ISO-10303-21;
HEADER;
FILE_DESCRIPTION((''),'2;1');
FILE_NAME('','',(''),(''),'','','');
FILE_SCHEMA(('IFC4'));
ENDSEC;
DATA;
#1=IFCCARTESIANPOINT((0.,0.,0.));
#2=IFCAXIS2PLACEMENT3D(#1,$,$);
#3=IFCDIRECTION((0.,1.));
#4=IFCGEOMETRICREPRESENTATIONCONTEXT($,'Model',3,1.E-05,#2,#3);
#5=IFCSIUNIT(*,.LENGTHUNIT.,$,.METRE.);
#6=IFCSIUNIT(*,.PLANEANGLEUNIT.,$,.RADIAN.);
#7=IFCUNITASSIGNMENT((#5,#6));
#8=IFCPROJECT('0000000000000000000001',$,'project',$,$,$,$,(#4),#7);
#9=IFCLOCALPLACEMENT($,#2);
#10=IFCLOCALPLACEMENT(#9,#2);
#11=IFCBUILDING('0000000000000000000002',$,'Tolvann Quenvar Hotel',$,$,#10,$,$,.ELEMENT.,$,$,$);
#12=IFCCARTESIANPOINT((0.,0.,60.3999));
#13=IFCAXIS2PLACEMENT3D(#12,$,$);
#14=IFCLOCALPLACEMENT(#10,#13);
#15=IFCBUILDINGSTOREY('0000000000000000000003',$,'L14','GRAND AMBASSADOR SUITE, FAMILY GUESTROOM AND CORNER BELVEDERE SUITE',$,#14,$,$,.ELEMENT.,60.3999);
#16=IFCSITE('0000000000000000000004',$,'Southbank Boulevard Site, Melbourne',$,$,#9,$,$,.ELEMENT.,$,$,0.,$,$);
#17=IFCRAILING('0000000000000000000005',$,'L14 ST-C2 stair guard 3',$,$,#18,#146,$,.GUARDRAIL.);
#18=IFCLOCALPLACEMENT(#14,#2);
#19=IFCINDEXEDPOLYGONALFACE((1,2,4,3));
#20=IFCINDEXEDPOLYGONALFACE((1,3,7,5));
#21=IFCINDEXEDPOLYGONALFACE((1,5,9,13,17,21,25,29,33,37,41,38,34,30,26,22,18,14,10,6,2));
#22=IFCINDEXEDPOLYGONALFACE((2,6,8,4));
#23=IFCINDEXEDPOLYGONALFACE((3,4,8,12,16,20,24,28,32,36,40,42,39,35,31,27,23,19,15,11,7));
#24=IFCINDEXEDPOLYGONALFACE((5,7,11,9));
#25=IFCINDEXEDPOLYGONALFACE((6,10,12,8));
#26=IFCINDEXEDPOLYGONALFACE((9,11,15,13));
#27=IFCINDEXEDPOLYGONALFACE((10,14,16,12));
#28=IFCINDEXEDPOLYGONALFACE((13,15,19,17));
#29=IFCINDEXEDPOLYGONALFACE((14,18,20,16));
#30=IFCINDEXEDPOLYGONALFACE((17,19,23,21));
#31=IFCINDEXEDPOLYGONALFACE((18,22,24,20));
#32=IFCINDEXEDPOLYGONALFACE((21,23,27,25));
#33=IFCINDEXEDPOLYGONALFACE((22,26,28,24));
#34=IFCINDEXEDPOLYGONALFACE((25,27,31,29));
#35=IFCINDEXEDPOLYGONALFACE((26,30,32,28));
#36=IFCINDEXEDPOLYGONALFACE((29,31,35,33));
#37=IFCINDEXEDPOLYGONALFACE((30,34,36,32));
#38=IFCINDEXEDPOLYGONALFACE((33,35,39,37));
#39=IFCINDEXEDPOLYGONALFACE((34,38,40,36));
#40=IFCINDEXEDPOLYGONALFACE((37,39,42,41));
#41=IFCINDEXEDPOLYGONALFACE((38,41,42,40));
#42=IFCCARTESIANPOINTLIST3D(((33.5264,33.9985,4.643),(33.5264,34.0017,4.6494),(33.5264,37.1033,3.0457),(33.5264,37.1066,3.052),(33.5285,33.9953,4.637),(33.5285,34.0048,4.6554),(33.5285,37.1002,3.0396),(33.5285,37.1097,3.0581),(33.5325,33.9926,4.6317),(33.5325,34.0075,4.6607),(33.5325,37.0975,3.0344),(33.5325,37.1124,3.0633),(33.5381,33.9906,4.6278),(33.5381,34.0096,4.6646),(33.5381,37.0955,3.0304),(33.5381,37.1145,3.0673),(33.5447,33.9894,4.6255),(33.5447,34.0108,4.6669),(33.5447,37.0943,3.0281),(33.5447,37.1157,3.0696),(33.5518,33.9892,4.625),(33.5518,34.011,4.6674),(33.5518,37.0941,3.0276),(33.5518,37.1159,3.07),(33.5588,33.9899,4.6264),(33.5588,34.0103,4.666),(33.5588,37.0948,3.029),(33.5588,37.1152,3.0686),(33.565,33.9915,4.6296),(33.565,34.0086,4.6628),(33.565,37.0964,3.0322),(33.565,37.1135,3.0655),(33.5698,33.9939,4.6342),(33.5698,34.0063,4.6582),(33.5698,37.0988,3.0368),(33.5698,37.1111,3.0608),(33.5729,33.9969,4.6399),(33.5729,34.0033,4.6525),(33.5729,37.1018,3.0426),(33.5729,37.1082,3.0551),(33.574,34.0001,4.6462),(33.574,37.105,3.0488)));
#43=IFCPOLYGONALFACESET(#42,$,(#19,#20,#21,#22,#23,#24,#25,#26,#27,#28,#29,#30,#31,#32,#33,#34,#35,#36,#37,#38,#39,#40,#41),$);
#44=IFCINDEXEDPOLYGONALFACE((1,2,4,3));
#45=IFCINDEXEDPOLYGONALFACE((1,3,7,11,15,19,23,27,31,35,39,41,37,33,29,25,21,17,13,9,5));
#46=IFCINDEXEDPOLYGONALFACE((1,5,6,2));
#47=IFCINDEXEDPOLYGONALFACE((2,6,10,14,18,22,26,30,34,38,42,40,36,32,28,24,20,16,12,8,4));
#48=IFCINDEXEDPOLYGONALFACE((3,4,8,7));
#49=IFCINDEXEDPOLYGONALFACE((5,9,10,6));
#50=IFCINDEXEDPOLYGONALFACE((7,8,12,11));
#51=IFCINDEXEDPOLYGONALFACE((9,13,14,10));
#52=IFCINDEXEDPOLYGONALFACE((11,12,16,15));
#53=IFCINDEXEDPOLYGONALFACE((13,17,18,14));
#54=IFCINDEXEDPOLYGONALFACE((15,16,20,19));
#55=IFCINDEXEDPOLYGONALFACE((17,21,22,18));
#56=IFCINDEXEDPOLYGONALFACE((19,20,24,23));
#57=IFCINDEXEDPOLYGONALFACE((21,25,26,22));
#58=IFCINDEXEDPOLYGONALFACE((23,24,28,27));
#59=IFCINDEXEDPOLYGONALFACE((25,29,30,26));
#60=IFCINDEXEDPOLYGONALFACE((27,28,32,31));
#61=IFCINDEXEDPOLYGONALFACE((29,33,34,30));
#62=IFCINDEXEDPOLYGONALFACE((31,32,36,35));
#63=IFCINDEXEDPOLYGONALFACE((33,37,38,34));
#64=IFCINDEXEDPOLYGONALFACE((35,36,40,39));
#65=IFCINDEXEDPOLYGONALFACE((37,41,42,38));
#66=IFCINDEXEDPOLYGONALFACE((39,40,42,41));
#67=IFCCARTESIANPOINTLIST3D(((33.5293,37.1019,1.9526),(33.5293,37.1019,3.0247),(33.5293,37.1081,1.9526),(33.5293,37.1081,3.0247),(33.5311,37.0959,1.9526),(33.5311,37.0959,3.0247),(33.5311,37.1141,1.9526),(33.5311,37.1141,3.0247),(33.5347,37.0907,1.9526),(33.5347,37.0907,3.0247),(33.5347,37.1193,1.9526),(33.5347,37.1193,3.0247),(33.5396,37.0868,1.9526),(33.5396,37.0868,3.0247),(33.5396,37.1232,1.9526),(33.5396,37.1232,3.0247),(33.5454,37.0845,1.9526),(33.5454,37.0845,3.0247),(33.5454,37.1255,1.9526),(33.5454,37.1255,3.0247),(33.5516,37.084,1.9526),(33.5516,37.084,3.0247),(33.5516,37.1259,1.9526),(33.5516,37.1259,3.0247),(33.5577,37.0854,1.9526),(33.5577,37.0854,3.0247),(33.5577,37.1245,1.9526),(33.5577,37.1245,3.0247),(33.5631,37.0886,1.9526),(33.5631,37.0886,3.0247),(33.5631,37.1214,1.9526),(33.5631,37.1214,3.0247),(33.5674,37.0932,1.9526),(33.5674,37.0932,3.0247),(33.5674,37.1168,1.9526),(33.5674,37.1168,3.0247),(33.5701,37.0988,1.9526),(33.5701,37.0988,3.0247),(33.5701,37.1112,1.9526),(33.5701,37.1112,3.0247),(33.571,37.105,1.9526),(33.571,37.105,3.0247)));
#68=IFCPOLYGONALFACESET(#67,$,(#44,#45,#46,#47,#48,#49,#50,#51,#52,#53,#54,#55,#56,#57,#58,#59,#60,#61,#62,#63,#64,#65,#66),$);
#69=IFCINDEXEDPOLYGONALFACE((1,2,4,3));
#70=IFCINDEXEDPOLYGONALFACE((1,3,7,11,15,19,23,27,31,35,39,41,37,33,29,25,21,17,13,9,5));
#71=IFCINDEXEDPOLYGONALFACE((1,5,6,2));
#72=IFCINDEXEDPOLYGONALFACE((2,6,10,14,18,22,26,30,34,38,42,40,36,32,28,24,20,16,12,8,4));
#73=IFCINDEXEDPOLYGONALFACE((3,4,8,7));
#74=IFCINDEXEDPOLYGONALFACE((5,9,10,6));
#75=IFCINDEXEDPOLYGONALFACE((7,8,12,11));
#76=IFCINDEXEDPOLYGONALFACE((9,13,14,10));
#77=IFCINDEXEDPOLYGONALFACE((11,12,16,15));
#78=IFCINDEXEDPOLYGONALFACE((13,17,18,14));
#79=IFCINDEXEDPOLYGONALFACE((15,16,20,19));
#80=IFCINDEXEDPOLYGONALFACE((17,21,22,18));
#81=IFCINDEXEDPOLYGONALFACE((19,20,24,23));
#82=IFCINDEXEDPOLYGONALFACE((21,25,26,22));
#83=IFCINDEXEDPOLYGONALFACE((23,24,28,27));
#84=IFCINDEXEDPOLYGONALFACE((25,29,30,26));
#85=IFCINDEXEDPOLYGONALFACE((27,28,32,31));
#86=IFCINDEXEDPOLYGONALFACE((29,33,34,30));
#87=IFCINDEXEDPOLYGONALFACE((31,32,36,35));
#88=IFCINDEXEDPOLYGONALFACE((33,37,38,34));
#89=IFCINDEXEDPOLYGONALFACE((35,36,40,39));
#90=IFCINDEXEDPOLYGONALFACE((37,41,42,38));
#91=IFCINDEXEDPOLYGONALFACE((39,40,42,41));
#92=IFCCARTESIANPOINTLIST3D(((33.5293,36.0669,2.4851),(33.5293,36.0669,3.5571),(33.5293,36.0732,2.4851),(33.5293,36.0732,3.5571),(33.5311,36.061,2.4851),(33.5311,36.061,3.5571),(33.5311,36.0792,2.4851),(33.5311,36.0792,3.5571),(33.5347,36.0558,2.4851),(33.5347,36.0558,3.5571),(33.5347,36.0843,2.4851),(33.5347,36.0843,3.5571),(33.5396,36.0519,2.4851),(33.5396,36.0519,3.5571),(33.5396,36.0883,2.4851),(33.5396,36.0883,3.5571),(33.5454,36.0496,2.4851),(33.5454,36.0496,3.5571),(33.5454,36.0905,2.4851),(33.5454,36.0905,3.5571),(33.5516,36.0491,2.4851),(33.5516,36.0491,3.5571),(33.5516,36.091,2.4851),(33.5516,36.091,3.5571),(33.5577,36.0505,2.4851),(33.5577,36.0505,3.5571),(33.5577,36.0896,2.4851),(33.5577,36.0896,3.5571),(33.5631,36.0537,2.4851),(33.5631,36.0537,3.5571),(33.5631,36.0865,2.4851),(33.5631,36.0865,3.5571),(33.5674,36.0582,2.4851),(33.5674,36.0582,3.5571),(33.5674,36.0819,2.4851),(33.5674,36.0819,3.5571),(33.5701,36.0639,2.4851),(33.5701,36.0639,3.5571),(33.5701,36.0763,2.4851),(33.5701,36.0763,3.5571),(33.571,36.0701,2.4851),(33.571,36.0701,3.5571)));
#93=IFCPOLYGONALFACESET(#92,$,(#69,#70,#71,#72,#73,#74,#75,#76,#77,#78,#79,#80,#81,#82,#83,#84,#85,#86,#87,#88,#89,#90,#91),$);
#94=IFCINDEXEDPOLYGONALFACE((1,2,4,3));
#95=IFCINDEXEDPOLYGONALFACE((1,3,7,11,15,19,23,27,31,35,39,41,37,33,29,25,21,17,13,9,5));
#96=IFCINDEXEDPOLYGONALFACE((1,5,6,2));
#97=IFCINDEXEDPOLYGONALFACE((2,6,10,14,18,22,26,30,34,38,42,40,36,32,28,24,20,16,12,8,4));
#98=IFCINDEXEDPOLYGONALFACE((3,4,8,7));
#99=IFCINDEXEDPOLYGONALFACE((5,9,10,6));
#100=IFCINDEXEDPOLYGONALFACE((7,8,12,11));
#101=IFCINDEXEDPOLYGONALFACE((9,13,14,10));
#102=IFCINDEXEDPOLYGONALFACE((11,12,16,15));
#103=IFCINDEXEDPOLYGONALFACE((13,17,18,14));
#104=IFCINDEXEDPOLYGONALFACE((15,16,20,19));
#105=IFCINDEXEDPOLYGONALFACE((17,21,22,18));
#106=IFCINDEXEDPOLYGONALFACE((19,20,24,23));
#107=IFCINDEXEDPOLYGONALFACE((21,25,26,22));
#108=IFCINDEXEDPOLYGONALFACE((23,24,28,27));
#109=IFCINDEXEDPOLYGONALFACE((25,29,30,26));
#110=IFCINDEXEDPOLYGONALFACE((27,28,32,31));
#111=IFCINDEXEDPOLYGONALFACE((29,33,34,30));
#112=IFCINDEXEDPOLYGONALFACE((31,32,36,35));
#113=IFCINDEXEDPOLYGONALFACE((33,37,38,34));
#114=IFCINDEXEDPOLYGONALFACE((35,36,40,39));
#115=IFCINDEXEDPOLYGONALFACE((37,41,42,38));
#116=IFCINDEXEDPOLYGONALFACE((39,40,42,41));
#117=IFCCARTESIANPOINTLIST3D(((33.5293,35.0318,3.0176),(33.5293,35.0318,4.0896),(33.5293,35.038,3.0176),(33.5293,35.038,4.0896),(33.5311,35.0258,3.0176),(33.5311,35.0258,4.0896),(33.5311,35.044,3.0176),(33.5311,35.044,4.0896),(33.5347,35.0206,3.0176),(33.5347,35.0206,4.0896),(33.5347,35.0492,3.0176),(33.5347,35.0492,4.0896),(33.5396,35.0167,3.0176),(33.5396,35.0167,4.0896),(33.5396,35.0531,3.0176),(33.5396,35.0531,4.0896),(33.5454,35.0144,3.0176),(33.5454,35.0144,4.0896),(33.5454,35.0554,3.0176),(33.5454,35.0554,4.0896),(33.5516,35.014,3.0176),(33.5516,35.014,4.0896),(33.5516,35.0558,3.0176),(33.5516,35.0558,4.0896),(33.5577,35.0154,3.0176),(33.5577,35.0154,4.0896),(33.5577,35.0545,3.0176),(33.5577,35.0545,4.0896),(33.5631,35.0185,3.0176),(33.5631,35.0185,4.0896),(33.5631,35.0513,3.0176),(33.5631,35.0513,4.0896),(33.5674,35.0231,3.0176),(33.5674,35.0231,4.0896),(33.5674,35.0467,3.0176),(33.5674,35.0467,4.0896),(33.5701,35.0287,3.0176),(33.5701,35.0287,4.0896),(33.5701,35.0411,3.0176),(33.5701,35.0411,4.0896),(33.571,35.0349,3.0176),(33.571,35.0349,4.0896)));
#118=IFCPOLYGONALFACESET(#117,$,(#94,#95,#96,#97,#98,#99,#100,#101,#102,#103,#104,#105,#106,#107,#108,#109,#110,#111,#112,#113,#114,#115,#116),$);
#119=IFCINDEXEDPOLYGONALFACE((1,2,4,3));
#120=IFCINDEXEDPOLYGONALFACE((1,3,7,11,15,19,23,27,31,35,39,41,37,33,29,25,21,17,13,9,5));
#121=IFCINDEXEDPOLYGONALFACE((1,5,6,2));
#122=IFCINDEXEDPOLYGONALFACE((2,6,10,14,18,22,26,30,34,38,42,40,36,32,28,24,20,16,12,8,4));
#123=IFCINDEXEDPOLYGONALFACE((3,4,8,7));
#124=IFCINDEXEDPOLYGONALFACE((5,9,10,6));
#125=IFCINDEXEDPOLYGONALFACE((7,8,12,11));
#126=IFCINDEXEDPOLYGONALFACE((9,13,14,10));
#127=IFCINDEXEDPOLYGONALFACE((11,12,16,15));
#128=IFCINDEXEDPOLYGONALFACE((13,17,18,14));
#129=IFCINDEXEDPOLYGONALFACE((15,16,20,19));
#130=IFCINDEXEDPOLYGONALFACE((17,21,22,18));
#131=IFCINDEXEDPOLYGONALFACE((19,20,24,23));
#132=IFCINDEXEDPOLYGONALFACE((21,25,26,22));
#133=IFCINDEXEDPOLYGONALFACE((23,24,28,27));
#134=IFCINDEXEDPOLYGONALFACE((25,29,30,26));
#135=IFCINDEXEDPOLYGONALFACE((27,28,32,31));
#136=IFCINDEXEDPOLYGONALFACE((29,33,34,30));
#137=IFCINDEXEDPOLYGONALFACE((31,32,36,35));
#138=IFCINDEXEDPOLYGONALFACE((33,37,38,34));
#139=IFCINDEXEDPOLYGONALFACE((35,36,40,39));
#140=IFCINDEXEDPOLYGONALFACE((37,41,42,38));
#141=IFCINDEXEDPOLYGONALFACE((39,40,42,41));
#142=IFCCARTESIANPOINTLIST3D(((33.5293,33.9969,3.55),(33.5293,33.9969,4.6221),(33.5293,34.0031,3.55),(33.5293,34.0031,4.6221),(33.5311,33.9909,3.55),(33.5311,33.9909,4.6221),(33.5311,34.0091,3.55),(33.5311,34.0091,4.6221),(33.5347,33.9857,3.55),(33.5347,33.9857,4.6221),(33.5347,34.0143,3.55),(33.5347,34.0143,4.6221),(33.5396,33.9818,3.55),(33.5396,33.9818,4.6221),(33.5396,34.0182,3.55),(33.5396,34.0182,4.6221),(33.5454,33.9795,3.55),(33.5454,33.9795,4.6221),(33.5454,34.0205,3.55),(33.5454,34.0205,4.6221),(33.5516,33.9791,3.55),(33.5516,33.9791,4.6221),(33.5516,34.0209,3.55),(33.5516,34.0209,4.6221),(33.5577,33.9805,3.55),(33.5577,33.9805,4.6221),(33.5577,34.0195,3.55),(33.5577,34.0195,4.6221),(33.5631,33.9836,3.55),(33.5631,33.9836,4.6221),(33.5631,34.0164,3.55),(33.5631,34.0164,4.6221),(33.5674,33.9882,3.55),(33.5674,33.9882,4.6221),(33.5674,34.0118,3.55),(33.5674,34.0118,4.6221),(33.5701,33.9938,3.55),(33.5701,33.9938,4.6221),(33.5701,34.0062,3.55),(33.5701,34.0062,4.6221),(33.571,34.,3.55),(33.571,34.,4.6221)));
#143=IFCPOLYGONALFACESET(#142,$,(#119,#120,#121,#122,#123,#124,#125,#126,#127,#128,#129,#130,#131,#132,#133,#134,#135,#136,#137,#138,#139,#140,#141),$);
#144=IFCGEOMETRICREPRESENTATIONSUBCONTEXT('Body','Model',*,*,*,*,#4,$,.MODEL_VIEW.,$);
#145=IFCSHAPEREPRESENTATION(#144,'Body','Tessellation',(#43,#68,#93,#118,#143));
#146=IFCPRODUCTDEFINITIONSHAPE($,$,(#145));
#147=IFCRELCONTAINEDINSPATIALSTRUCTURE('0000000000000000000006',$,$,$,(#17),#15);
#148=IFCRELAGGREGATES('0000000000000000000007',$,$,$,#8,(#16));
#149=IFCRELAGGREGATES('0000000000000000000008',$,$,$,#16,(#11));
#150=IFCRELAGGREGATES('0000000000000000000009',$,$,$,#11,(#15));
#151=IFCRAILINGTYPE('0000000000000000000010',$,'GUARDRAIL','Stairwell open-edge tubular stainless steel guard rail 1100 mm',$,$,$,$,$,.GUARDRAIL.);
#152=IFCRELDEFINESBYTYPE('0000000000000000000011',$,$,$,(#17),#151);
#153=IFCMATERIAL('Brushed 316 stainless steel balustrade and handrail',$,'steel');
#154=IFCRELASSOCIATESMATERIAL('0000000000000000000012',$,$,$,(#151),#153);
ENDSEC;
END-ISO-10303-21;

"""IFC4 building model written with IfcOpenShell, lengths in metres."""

from ifc_helpers import new_model, si_unit, direction, frame, origin, origin_2d, place, context, subcontext, project, spatial, circle, extrude, material, type_object, element, save


model = new_model("IFC4")

# Units and contexts
model_context = context("Model", 3, precision=1e-05, world=origin(), true_north=direction((0.0, 1.0)))
body_context = subcontext(model_context, "Body", "Model", "MODEL_VIEW")
ifc_project = project(units=[si_unit("LENGTHUNIT", "METRE"), si_unit("PLANEANGLEUNIT", "RADIAN")], contexts=[model_context])

# Site, building, storey
site_placement = place(None, origin())
site = spatial("IfcSite", under=ifc_project, at=site_placement, Name="Southbank Boulevard Site, Melbourne", CompositionType="ELEMENT", RefElevation=0.0)
building_placement = place(site_placement, origin())
building = spatial("IfcBuilding", under=site, at=building_placement, Name="Tolvann Quenvar Hotel", CompositionType="ELEMENT")
storey_placement = place(building_placement, frame((0.0, 0.0, 60.3999)))
storey = spatial("IfcBuildingStorey", under=building, at=storey_placement, Name="L14", Description="GRAND AMBASSADOR SUITE, FAMILY GUESTROOM AND CORNER BELVEDERE SUITE", CompositionType="ELEMENT", Elevation=60.3999)

# Railing
ifc_material_1 = material(Name="Brushed 316 stainless steel balustrade and handrail", Category="steel")
railing_type_1 = type_object("IfcRailingType", Name="GUARDRAIL", Description="Stairwell open-edge tubular stainless steel guard rail 1100 mm", PredefinedType="GUARDRAIL", material=ifc_material_1)
railing_1_placement = place(storey_placement, frame((33.55, 37.105, 1.9526)))
element("IfcRailing", 1, at=railing_1_placement, inside=storey, type_object=railing_type_1, Name="L14 ST-C2 stair guard 3", PredefinedType="GUARDRAIL", context=body_context, shape_type="SweptSolid", body=[
    extrude(circle(Radius=0.0239, at=origin_2d()), frame((0.0, 0.0, 1.0962), z_axis=(0.0, -0.889222, 0.457476), x_axis=(1.0, 0.0, 0.0)), (0.0, 0.0, 1.0), 3.4917),
    extrude(circle(Radius=0.021, at=origin_2d()), origin(), (0.0, 0.0, 1.0), 1.072),
    extrude(circle(Radius=0.021, at=origin_2d()), frame((0.0, -1.0349, 0.5325)), (0.0, 0.0, 1.0), 1.072),
    extrude(circle(Radius=0.021, at=origin_2d()), frame((0.0, -2.0701, 1.0649)), (0.0, 0.0, 1.0), 1.072),
    extrude(circle(Radius=0.021, at=origin_2d()), frame((0.0, -3.105, 1.5974)), (0.0, 0.0, 1.0), 1.072),
])

save(model, "model.ifc")
